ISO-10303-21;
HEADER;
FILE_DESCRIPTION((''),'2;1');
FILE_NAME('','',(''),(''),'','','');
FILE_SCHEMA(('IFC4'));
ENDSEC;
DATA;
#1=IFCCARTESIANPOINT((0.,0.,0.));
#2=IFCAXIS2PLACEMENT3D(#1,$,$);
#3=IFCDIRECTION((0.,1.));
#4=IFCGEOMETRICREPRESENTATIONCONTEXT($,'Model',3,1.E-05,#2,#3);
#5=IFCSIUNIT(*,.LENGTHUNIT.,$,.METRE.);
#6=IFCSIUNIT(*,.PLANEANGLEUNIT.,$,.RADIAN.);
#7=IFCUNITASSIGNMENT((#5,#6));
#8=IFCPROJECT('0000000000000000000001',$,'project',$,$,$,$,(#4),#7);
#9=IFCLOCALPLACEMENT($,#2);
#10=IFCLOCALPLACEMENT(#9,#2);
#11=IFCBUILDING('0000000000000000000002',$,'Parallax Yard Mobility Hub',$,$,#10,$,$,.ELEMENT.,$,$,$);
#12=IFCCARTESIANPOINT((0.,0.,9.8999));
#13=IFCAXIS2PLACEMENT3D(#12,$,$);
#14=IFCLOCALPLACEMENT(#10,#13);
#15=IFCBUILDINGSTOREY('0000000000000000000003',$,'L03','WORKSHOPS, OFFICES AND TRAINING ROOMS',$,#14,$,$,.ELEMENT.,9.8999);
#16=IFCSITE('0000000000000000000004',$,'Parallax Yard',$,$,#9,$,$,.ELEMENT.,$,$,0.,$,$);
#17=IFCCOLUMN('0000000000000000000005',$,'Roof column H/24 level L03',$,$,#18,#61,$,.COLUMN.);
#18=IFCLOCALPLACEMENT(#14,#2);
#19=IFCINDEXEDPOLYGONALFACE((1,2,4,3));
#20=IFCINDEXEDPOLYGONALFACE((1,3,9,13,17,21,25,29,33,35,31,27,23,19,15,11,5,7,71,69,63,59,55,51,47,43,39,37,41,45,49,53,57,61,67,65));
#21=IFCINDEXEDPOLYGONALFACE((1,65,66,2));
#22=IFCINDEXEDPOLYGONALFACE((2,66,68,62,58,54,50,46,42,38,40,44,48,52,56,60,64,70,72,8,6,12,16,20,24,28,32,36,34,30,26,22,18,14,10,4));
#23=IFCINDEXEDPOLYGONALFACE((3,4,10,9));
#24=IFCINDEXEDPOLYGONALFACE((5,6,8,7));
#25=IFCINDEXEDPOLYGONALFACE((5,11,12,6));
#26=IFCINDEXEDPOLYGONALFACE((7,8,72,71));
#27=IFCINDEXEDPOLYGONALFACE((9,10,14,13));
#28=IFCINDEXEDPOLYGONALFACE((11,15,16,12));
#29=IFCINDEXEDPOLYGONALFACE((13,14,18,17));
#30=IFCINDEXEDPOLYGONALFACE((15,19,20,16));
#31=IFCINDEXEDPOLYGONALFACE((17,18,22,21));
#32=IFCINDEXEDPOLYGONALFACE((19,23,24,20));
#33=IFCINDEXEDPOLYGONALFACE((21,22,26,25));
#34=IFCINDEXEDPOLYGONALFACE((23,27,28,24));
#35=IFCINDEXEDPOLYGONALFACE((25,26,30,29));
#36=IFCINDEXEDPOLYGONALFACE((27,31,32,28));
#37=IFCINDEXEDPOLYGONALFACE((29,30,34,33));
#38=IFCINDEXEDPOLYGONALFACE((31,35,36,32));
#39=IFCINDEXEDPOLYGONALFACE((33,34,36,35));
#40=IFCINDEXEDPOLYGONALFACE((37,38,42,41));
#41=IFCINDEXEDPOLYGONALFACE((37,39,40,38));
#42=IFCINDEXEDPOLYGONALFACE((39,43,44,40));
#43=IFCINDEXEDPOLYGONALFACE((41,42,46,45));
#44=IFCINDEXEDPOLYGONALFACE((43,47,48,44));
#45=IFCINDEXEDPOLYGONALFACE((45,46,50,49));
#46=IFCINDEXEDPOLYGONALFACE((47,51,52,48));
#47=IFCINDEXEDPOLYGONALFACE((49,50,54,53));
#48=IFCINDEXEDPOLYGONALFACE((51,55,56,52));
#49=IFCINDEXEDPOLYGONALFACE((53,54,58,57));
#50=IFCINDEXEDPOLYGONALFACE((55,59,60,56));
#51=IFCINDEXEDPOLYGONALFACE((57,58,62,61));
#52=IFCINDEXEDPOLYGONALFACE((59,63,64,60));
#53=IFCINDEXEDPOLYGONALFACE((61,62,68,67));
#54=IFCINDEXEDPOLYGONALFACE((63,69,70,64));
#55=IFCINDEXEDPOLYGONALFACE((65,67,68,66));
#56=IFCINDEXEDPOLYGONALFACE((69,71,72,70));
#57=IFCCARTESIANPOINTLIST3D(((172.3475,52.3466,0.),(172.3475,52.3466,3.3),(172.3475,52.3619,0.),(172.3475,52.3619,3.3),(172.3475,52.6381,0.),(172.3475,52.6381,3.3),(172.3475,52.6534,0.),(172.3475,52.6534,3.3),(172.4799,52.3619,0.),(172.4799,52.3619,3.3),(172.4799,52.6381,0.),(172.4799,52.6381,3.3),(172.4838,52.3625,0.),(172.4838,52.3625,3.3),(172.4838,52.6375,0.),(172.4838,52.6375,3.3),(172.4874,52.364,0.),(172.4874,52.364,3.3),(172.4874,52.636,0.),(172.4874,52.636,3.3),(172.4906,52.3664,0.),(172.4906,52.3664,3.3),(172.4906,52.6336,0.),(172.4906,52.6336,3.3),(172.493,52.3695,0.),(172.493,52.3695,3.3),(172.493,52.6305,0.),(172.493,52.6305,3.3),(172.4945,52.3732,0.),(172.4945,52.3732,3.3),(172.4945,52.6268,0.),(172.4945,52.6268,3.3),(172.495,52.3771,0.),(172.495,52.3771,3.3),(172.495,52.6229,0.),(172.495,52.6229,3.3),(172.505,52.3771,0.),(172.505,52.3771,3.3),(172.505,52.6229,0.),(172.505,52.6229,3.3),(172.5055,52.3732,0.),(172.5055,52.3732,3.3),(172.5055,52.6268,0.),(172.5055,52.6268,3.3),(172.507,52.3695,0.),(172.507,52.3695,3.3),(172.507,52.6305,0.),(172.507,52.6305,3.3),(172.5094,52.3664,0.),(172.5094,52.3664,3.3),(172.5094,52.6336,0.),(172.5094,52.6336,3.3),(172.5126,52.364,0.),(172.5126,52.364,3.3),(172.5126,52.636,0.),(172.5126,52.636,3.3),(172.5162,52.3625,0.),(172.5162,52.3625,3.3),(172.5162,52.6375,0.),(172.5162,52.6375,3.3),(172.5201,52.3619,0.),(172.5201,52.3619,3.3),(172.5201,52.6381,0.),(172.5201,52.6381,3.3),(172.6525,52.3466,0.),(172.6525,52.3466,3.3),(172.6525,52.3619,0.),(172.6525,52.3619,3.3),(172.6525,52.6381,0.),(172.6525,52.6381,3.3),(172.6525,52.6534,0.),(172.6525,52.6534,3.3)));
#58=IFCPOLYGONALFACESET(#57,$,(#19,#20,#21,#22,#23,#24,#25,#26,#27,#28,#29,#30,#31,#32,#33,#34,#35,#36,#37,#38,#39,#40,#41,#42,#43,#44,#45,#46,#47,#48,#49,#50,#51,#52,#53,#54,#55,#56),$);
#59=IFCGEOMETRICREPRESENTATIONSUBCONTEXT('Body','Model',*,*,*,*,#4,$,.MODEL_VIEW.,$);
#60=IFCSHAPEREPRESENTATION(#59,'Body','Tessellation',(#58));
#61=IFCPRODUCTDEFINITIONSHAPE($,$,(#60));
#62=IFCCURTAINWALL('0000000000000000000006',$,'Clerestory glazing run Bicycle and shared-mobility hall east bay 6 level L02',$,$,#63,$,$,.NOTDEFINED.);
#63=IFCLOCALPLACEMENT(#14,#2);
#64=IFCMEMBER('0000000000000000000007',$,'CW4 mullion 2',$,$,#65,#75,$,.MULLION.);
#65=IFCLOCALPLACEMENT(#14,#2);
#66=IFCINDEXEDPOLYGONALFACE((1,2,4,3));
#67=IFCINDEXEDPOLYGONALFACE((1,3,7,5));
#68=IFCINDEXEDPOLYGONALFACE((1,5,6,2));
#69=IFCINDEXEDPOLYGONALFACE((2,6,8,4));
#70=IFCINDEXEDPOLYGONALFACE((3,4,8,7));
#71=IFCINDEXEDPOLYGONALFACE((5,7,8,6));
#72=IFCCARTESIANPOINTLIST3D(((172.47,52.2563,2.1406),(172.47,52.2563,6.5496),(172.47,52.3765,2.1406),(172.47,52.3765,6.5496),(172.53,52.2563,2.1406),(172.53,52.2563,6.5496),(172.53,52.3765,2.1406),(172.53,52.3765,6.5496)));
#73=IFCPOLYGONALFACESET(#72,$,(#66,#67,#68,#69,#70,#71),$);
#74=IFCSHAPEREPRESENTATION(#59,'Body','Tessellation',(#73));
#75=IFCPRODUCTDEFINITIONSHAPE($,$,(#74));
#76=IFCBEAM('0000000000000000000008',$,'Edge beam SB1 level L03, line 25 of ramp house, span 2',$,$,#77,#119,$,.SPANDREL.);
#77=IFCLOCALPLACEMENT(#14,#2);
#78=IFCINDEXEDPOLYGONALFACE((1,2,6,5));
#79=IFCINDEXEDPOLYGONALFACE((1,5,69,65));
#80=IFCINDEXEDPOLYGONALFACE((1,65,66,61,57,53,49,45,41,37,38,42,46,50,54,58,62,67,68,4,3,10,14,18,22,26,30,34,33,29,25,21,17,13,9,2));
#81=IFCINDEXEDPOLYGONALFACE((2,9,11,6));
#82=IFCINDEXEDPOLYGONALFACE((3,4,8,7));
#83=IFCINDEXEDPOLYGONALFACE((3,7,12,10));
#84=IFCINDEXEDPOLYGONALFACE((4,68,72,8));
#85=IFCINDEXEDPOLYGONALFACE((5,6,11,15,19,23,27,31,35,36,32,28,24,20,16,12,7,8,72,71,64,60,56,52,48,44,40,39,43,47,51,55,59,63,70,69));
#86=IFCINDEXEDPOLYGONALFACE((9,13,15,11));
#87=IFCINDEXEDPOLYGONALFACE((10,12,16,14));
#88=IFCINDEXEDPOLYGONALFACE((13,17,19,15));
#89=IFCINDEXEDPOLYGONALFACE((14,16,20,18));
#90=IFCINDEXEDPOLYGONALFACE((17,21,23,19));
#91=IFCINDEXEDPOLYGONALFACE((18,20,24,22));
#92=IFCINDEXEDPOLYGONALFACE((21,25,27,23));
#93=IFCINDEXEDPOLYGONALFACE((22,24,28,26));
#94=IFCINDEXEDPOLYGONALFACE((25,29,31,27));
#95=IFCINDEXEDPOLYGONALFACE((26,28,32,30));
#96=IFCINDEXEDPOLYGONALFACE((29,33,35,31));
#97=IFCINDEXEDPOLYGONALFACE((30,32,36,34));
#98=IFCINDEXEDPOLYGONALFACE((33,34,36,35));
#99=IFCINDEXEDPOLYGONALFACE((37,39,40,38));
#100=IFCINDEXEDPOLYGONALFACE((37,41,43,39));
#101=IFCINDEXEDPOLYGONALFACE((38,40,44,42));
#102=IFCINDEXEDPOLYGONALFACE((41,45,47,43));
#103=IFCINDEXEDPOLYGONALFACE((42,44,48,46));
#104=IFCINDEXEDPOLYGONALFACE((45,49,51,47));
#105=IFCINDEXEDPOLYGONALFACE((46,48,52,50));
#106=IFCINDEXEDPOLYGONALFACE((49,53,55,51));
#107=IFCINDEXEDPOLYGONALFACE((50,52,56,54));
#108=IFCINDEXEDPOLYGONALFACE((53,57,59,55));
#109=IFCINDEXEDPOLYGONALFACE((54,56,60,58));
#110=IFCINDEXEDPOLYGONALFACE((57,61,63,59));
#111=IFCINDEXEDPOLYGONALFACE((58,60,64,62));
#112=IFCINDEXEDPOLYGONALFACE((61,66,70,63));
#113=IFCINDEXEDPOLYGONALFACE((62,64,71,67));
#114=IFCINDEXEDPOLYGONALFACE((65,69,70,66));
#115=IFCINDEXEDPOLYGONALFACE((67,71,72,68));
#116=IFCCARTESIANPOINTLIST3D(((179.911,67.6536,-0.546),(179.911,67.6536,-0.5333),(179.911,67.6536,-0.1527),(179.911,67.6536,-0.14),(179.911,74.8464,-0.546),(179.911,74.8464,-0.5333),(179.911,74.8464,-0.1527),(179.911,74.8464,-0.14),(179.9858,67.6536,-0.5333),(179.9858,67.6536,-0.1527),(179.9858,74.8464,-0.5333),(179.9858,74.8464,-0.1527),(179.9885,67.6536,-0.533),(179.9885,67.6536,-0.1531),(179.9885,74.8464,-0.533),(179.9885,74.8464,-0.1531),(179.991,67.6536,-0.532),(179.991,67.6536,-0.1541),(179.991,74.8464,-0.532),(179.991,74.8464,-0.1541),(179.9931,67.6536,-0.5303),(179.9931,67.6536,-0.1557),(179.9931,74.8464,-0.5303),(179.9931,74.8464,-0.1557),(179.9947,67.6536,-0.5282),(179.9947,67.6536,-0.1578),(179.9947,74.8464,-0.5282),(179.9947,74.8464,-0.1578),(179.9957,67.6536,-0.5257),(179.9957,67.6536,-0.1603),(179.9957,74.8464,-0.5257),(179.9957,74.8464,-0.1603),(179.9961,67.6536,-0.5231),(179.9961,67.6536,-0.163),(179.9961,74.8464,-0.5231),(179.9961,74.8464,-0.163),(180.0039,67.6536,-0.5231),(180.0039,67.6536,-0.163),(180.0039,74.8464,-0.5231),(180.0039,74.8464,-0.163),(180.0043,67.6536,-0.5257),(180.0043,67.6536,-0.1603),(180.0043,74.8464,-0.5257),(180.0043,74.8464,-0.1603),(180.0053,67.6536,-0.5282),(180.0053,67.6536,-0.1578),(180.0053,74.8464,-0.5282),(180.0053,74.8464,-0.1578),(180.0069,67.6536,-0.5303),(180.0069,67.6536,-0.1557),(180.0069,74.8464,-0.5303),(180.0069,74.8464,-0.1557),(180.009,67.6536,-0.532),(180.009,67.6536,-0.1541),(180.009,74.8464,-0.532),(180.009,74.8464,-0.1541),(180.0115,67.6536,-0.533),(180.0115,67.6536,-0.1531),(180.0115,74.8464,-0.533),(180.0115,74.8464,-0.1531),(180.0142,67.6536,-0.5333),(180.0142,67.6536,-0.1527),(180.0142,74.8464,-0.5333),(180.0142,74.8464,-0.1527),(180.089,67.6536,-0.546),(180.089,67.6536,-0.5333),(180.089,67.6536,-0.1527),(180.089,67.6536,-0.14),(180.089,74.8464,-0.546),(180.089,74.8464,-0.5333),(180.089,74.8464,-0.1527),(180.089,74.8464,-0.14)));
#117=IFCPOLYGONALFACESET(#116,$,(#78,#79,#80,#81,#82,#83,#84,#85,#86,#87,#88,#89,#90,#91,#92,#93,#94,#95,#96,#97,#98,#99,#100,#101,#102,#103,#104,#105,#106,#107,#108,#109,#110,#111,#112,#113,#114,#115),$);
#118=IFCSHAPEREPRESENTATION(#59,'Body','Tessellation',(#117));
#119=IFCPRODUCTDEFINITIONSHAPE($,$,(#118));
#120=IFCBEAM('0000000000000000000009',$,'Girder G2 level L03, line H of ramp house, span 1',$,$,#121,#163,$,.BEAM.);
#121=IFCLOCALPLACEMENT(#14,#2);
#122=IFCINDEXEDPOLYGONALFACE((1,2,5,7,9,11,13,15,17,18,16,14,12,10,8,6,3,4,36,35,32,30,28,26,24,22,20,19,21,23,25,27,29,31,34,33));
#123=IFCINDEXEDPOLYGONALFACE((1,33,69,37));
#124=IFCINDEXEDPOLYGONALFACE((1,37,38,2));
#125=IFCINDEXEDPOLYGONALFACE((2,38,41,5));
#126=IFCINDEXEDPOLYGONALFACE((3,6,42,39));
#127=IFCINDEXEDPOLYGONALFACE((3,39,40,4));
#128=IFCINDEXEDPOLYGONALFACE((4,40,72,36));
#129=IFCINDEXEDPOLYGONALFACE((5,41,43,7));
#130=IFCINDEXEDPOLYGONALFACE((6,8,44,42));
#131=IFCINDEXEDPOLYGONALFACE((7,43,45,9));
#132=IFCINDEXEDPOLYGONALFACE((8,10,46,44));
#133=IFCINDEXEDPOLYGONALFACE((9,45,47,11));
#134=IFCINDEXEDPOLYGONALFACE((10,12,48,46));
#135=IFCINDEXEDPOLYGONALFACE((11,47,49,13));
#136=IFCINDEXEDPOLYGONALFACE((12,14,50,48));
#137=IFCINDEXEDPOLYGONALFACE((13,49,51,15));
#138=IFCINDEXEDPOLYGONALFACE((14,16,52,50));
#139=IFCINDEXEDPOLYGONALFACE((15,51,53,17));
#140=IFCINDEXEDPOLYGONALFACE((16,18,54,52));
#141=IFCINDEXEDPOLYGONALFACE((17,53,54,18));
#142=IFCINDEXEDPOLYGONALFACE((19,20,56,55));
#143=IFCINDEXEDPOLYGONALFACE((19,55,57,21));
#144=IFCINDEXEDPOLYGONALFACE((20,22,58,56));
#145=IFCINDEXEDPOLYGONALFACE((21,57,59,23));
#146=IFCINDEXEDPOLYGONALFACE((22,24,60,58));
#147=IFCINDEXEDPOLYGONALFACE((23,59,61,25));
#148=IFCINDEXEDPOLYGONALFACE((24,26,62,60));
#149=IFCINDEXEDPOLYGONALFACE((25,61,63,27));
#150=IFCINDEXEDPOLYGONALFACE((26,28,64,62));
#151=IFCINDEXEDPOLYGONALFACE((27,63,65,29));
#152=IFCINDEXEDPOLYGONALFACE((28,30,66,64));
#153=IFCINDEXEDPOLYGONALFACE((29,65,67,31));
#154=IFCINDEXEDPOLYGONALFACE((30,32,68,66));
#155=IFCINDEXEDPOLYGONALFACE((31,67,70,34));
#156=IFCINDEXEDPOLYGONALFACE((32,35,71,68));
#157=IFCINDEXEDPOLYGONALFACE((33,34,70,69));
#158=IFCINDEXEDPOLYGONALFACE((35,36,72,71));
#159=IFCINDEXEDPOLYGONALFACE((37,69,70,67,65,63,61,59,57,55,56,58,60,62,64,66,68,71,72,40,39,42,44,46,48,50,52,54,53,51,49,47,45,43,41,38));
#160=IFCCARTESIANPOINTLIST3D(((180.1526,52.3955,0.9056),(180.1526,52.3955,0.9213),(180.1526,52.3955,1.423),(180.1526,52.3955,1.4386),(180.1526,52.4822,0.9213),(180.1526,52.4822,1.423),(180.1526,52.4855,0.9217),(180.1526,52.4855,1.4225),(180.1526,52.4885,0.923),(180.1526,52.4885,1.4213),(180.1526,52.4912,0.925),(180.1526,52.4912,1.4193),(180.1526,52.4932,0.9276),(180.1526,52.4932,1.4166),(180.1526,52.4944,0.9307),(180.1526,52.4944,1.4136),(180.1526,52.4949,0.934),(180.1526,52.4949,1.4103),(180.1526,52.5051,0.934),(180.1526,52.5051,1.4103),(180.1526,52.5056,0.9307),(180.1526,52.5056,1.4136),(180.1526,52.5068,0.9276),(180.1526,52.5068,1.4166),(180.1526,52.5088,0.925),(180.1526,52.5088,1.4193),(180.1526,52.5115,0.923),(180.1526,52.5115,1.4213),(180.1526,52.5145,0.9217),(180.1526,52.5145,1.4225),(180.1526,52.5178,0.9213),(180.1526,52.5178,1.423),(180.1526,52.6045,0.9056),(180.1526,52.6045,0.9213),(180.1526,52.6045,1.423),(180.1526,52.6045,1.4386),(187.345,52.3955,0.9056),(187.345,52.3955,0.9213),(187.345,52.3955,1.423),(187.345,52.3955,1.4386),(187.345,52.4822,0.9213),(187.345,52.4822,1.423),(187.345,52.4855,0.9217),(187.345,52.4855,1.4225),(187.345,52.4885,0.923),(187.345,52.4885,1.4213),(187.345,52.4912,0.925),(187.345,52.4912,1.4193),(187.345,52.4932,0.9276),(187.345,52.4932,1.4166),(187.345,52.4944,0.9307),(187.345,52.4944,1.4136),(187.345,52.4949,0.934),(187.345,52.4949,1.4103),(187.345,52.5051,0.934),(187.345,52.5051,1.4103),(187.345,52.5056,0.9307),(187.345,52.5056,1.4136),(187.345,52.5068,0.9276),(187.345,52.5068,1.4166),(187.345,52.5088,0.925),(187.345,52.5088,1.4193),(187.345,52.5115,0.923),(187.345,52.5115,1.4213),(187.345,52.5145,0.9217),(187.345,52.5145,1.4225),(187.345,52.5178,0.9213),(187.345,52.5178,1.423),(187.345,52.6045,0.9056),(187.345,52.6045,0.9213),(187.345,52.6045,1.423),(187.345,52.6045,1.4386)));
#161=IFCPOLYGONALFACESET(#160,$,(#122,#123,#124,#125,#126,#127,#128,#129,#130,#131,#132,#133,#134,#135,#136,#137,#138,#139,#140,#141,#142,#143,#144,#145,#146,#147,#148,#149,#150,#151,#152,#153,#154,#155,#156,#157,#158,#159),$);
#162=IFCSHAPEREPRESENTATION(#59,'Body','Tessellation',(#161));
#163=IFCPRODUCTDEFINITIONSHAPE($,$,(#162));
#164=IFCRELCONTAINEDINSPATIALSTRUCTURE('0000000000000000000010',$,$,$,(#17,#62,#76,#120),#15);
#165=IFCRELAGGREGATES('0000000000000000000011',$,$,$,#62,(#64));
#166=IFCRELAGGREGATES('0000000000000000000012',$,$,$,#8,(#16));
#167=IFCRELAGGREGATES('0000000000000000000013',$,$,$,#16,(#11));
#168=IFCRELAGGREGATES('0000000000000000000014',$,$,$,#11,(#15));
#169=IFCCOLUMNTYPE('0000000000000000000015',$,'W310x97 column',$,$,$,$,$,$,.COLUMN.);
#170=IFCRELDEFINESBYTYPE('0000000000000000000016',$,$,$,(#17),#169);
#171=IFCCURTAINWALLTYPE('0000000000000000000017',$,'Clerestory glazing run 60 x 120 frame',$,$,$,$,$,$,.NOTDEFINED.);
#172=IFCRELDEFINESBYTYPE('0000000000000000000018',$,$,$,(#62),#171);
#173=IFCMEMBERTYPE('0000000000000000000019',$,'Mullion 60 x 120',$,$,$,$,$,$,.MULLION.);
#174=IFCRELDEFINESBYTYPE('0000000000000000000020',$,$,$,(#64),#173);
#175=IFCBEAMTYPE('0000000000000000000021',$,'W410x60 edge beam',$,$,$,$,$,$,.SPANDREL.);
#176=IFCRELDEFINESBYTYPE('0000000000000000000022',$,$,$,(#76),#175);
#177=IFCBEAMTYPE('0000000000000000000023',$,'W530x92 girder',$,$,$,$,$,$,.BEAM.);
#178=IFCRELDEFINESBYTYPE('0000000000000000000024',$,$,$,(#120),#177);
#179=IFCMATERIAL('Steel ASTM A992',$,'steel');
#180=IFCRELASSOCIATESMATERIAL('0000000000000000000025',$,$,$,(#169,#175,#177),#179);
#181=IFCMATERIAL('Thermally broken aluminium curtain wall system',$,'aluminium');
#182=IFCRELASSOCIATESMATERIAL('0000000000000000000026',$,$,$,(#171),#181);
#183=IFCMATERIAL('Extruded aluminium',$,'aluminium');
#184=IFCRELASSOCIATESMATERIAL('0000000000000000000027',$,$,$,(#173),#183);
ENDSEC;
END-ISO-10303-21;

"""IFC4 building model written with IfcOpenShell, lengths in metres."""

from ifc_helpers import new_model, si_unit, direction, frame, origin, origin_2d, place, context, subcontext, project, spatial, rectangle, i_section, extrude, material, material_profile, profile_set, type_object, element, aggregate, save


model = new_model("IFC4")

# Units and contexts
model_context = context("Model", 3, precision=1e-05, world=origin(), true_north=direction((0.0, 1.0)))
body_context = subcontext(model_context, "Body", "Model", "MODEL_VIEW")
ifc_project = project(units=[si_unit("LENGTHUNIT", "METRE"), si_unit("PLANEANGLEUNIT", "RADIAN")], contexts=[model_context])

# Site, building, storey
site_placement = place(None, origin())
site = spatial("IfcSite", under=ifc_project, at=site_placement, Name="Parallax Yard", CompositionType="ELEMENT", RefElevation=0.0)
building_placement = place(site_placement, origin())
building = spatial("IfcBuilding", under=site, at=building_placement, Name="Parallax Yard Mobility Hub", CompositionType="ELEMENT")
storey_placement = place(building_placement, frame((0.0, 0.0, 9.8999)))
storey = spatial("IfcBuildingStorey", under=building, at=storey_placement, Name="L03", Description="WORKSHOPS, OFFICES AND TRAINING ROOMS", CompositionType="ELEMENT", Elevation=9.8999)

# Column
ifc_material_1 = material(Name="Steel ASTM A992", Category="steel")
ifc_material_profile_1 = material_profile(ifc_material_1, i_section(OverallWidth=0.3049, OverallDepth=0.3069, WebThickness=0.01, FlangeThickness=0.0154, FilletRadius=0.0151, at=origin_2d()), Name="W310x97")
ifc_profile_set_1 = profile_set([ifc_material_profile_1], Name="Steel ASTM A992")
column_type = type_object("IfcColumnType", Name="W310x97 column", PredefinedType="COLUMN", material=ifc_profile_set_1)
for number, where, z_axis, x_axis, name in (
    (1, (172.5, 52.5, 0.0), (0.0, 0.0, 1.0), (1.0, 0.0, 0.0), "Roof column H/24 level L03"),
):
    element("IfcColumn", number, at=place(storey_placement, frame(where, z_axis=z_axis, x_axis=x_axis)), inside=storey, type_object=column_type, Name=name, PredefinedType="COLUMN", context=body_context, shape_type="SweptSolid", body=[
        extrude(i_section(OverallWidth=0.3049, OverallDepth=0.3069, WebThickness=0.01, FlangeThickness=0.0154, FilletRadius=0.0151, at=origin_2d()), origin(), (0.0, 0.0, 1.0), 3.3),
    ])

# Curtain wall, member
ifc_material_2 = material(Name="Thermally broken aluminium curtain wall system", Category="aluminium")
curtain_wall_type = type_object("IfcCurtainWallType", Name="Clerestory glazing run 60 x 120 frame", PredefinedType="NOTDEFINED", material=ifc_material_2)
curtain_wall_placement = place(storey_placement, origin())
curtain_wall = element("IfcCurtainWall", 2, at=curtain_wall_placement, inside=storey, type_object=curtain_wall_type, Name="Clerestory glazing run Bicycle and shared-mobility hall east bay 6 level L02", PredefinedType="NOTDEFINED")
ifc_material_3 = material(Name="Extruded aluminium", Category="aluminium")
ifc_material_profile_2 = material_profile(ifc_material_3, rectangle(XDim=0.0601, YDim=0.1201, at=origin_2d()), Name="Mullion 60 x 120")
ifc_profile_set_2 = profile_set([ifc_material_profile_2], Name="Extruded aluminium")
member_type = type_object("IfcMemberType", Name="Mullion 60 x 120", PredefinedType="MULLION", material=ifc_profile_set_2)
member_placement = place(storey_placement, frame((172.5, 52.3164, 2.1406), z_axis=(0.0, 0.0, 1.0), x_axis=(-1.0, 0.0, 0.0)))
member = element("IfcMember", 3, at=member_placement, type_object=member_type, Name="CW4 mullion 2", PredefinedType="MULLION", context=body_context, shape_type="SweptSolid", body=[
    extrude(rectangle(XDim=0.0601, YDim=0.1201, at=origin_2d()), origin(), (0.0, 0.0, 1.0), 4.4089),
])

# Beams
ifc_material_profile_3 = material_profile(ifc_material_1, i_section(OverallWidth=0.178, OverallDepth=0.406, WebThickness=0.0078, FlangeThickness=0.0127, FilletRadius=0.0103, at=origin_2d()), Name="W410x60")
ifc_profile_set_3 = profile_set([ifc_material_profile_3], Name="Steel ASTM A992")
beam_type_1 = type_object("IfcBeamType", Name="W410x60 edge beam", PredefinedType="SPANDREL", material=ifc_profile_set_3)
beam_1_placement = place(storey_placement, frame((180.0, 67.6536, -0.343), z_axis=(0.0, 1.0, 0.0), x_axis=(-1.0, 0.0, 0.0)))
element("IfcBeam", 4, at=beam_1_placement, inside=storey, type_object=beam_type_1, Name="Edge beam SB1 level L03, line 25 of ramp house, span 2", PredefinedType="SPANDREL", context=body_context, shape_type="SweptSolid", body=[
    extrude(i_section(OverallWidth=0.178, OverallDepth=0.406, WebThickness=0.0078, FlangeThickness=0.0127, FilletRadius=0.0103, at=origin_2d()), origin(), (0.0, 0.0, 1.0), 7.1929),
])
ifc_material_profile_4 = material_profile(ifc_material_1, i_section(OverallWidth=0.209, OverallDepth=0.533, WebThickness=0.0103, FlangeThickness=0.0156, FilletRadius=0.0127, at=origin_2d()), Name="W530x92")
ifc_profile_set_4 = profile_set([ifc_material_profile_4], Name="Steel ASTM A992")
beam_type_2 = type_object("IfcBeamType", Name="W530x92 girder", PredefinedType="BEAM", material=ifc_profile_set_4)
for number, where, z_axis, x_axis, name in (
    (5, (180.1526, 52.5, 1.1721), (1.0, 0.0, 0.0), (0.0, 1.0, 0.0), "Girder G2 level L03, line H of ramp house, span 1"),
):
    element("IfcBeam", number, at=place(storey_placement, frame(where, z_axis=z_axis, x_axis=x_axis)), inside=storey, type_object=beam_type_2, Name=name, PredefinedType="BEAM", context=body_context, shape_type="SweptSolid", body=[
        extrude(i_section(OverallWidth=0.209, OverallDepth=0.533, WebThickness=0.0103, FlangeThickness=0.0156, FilletRadius=0.0127, at=origin_2d()), origin(), (0.0, 0.0, 1.0), 7.1924),
    ])

aggregate(curtain_wall, [member])

save(model, "model.ifc")
